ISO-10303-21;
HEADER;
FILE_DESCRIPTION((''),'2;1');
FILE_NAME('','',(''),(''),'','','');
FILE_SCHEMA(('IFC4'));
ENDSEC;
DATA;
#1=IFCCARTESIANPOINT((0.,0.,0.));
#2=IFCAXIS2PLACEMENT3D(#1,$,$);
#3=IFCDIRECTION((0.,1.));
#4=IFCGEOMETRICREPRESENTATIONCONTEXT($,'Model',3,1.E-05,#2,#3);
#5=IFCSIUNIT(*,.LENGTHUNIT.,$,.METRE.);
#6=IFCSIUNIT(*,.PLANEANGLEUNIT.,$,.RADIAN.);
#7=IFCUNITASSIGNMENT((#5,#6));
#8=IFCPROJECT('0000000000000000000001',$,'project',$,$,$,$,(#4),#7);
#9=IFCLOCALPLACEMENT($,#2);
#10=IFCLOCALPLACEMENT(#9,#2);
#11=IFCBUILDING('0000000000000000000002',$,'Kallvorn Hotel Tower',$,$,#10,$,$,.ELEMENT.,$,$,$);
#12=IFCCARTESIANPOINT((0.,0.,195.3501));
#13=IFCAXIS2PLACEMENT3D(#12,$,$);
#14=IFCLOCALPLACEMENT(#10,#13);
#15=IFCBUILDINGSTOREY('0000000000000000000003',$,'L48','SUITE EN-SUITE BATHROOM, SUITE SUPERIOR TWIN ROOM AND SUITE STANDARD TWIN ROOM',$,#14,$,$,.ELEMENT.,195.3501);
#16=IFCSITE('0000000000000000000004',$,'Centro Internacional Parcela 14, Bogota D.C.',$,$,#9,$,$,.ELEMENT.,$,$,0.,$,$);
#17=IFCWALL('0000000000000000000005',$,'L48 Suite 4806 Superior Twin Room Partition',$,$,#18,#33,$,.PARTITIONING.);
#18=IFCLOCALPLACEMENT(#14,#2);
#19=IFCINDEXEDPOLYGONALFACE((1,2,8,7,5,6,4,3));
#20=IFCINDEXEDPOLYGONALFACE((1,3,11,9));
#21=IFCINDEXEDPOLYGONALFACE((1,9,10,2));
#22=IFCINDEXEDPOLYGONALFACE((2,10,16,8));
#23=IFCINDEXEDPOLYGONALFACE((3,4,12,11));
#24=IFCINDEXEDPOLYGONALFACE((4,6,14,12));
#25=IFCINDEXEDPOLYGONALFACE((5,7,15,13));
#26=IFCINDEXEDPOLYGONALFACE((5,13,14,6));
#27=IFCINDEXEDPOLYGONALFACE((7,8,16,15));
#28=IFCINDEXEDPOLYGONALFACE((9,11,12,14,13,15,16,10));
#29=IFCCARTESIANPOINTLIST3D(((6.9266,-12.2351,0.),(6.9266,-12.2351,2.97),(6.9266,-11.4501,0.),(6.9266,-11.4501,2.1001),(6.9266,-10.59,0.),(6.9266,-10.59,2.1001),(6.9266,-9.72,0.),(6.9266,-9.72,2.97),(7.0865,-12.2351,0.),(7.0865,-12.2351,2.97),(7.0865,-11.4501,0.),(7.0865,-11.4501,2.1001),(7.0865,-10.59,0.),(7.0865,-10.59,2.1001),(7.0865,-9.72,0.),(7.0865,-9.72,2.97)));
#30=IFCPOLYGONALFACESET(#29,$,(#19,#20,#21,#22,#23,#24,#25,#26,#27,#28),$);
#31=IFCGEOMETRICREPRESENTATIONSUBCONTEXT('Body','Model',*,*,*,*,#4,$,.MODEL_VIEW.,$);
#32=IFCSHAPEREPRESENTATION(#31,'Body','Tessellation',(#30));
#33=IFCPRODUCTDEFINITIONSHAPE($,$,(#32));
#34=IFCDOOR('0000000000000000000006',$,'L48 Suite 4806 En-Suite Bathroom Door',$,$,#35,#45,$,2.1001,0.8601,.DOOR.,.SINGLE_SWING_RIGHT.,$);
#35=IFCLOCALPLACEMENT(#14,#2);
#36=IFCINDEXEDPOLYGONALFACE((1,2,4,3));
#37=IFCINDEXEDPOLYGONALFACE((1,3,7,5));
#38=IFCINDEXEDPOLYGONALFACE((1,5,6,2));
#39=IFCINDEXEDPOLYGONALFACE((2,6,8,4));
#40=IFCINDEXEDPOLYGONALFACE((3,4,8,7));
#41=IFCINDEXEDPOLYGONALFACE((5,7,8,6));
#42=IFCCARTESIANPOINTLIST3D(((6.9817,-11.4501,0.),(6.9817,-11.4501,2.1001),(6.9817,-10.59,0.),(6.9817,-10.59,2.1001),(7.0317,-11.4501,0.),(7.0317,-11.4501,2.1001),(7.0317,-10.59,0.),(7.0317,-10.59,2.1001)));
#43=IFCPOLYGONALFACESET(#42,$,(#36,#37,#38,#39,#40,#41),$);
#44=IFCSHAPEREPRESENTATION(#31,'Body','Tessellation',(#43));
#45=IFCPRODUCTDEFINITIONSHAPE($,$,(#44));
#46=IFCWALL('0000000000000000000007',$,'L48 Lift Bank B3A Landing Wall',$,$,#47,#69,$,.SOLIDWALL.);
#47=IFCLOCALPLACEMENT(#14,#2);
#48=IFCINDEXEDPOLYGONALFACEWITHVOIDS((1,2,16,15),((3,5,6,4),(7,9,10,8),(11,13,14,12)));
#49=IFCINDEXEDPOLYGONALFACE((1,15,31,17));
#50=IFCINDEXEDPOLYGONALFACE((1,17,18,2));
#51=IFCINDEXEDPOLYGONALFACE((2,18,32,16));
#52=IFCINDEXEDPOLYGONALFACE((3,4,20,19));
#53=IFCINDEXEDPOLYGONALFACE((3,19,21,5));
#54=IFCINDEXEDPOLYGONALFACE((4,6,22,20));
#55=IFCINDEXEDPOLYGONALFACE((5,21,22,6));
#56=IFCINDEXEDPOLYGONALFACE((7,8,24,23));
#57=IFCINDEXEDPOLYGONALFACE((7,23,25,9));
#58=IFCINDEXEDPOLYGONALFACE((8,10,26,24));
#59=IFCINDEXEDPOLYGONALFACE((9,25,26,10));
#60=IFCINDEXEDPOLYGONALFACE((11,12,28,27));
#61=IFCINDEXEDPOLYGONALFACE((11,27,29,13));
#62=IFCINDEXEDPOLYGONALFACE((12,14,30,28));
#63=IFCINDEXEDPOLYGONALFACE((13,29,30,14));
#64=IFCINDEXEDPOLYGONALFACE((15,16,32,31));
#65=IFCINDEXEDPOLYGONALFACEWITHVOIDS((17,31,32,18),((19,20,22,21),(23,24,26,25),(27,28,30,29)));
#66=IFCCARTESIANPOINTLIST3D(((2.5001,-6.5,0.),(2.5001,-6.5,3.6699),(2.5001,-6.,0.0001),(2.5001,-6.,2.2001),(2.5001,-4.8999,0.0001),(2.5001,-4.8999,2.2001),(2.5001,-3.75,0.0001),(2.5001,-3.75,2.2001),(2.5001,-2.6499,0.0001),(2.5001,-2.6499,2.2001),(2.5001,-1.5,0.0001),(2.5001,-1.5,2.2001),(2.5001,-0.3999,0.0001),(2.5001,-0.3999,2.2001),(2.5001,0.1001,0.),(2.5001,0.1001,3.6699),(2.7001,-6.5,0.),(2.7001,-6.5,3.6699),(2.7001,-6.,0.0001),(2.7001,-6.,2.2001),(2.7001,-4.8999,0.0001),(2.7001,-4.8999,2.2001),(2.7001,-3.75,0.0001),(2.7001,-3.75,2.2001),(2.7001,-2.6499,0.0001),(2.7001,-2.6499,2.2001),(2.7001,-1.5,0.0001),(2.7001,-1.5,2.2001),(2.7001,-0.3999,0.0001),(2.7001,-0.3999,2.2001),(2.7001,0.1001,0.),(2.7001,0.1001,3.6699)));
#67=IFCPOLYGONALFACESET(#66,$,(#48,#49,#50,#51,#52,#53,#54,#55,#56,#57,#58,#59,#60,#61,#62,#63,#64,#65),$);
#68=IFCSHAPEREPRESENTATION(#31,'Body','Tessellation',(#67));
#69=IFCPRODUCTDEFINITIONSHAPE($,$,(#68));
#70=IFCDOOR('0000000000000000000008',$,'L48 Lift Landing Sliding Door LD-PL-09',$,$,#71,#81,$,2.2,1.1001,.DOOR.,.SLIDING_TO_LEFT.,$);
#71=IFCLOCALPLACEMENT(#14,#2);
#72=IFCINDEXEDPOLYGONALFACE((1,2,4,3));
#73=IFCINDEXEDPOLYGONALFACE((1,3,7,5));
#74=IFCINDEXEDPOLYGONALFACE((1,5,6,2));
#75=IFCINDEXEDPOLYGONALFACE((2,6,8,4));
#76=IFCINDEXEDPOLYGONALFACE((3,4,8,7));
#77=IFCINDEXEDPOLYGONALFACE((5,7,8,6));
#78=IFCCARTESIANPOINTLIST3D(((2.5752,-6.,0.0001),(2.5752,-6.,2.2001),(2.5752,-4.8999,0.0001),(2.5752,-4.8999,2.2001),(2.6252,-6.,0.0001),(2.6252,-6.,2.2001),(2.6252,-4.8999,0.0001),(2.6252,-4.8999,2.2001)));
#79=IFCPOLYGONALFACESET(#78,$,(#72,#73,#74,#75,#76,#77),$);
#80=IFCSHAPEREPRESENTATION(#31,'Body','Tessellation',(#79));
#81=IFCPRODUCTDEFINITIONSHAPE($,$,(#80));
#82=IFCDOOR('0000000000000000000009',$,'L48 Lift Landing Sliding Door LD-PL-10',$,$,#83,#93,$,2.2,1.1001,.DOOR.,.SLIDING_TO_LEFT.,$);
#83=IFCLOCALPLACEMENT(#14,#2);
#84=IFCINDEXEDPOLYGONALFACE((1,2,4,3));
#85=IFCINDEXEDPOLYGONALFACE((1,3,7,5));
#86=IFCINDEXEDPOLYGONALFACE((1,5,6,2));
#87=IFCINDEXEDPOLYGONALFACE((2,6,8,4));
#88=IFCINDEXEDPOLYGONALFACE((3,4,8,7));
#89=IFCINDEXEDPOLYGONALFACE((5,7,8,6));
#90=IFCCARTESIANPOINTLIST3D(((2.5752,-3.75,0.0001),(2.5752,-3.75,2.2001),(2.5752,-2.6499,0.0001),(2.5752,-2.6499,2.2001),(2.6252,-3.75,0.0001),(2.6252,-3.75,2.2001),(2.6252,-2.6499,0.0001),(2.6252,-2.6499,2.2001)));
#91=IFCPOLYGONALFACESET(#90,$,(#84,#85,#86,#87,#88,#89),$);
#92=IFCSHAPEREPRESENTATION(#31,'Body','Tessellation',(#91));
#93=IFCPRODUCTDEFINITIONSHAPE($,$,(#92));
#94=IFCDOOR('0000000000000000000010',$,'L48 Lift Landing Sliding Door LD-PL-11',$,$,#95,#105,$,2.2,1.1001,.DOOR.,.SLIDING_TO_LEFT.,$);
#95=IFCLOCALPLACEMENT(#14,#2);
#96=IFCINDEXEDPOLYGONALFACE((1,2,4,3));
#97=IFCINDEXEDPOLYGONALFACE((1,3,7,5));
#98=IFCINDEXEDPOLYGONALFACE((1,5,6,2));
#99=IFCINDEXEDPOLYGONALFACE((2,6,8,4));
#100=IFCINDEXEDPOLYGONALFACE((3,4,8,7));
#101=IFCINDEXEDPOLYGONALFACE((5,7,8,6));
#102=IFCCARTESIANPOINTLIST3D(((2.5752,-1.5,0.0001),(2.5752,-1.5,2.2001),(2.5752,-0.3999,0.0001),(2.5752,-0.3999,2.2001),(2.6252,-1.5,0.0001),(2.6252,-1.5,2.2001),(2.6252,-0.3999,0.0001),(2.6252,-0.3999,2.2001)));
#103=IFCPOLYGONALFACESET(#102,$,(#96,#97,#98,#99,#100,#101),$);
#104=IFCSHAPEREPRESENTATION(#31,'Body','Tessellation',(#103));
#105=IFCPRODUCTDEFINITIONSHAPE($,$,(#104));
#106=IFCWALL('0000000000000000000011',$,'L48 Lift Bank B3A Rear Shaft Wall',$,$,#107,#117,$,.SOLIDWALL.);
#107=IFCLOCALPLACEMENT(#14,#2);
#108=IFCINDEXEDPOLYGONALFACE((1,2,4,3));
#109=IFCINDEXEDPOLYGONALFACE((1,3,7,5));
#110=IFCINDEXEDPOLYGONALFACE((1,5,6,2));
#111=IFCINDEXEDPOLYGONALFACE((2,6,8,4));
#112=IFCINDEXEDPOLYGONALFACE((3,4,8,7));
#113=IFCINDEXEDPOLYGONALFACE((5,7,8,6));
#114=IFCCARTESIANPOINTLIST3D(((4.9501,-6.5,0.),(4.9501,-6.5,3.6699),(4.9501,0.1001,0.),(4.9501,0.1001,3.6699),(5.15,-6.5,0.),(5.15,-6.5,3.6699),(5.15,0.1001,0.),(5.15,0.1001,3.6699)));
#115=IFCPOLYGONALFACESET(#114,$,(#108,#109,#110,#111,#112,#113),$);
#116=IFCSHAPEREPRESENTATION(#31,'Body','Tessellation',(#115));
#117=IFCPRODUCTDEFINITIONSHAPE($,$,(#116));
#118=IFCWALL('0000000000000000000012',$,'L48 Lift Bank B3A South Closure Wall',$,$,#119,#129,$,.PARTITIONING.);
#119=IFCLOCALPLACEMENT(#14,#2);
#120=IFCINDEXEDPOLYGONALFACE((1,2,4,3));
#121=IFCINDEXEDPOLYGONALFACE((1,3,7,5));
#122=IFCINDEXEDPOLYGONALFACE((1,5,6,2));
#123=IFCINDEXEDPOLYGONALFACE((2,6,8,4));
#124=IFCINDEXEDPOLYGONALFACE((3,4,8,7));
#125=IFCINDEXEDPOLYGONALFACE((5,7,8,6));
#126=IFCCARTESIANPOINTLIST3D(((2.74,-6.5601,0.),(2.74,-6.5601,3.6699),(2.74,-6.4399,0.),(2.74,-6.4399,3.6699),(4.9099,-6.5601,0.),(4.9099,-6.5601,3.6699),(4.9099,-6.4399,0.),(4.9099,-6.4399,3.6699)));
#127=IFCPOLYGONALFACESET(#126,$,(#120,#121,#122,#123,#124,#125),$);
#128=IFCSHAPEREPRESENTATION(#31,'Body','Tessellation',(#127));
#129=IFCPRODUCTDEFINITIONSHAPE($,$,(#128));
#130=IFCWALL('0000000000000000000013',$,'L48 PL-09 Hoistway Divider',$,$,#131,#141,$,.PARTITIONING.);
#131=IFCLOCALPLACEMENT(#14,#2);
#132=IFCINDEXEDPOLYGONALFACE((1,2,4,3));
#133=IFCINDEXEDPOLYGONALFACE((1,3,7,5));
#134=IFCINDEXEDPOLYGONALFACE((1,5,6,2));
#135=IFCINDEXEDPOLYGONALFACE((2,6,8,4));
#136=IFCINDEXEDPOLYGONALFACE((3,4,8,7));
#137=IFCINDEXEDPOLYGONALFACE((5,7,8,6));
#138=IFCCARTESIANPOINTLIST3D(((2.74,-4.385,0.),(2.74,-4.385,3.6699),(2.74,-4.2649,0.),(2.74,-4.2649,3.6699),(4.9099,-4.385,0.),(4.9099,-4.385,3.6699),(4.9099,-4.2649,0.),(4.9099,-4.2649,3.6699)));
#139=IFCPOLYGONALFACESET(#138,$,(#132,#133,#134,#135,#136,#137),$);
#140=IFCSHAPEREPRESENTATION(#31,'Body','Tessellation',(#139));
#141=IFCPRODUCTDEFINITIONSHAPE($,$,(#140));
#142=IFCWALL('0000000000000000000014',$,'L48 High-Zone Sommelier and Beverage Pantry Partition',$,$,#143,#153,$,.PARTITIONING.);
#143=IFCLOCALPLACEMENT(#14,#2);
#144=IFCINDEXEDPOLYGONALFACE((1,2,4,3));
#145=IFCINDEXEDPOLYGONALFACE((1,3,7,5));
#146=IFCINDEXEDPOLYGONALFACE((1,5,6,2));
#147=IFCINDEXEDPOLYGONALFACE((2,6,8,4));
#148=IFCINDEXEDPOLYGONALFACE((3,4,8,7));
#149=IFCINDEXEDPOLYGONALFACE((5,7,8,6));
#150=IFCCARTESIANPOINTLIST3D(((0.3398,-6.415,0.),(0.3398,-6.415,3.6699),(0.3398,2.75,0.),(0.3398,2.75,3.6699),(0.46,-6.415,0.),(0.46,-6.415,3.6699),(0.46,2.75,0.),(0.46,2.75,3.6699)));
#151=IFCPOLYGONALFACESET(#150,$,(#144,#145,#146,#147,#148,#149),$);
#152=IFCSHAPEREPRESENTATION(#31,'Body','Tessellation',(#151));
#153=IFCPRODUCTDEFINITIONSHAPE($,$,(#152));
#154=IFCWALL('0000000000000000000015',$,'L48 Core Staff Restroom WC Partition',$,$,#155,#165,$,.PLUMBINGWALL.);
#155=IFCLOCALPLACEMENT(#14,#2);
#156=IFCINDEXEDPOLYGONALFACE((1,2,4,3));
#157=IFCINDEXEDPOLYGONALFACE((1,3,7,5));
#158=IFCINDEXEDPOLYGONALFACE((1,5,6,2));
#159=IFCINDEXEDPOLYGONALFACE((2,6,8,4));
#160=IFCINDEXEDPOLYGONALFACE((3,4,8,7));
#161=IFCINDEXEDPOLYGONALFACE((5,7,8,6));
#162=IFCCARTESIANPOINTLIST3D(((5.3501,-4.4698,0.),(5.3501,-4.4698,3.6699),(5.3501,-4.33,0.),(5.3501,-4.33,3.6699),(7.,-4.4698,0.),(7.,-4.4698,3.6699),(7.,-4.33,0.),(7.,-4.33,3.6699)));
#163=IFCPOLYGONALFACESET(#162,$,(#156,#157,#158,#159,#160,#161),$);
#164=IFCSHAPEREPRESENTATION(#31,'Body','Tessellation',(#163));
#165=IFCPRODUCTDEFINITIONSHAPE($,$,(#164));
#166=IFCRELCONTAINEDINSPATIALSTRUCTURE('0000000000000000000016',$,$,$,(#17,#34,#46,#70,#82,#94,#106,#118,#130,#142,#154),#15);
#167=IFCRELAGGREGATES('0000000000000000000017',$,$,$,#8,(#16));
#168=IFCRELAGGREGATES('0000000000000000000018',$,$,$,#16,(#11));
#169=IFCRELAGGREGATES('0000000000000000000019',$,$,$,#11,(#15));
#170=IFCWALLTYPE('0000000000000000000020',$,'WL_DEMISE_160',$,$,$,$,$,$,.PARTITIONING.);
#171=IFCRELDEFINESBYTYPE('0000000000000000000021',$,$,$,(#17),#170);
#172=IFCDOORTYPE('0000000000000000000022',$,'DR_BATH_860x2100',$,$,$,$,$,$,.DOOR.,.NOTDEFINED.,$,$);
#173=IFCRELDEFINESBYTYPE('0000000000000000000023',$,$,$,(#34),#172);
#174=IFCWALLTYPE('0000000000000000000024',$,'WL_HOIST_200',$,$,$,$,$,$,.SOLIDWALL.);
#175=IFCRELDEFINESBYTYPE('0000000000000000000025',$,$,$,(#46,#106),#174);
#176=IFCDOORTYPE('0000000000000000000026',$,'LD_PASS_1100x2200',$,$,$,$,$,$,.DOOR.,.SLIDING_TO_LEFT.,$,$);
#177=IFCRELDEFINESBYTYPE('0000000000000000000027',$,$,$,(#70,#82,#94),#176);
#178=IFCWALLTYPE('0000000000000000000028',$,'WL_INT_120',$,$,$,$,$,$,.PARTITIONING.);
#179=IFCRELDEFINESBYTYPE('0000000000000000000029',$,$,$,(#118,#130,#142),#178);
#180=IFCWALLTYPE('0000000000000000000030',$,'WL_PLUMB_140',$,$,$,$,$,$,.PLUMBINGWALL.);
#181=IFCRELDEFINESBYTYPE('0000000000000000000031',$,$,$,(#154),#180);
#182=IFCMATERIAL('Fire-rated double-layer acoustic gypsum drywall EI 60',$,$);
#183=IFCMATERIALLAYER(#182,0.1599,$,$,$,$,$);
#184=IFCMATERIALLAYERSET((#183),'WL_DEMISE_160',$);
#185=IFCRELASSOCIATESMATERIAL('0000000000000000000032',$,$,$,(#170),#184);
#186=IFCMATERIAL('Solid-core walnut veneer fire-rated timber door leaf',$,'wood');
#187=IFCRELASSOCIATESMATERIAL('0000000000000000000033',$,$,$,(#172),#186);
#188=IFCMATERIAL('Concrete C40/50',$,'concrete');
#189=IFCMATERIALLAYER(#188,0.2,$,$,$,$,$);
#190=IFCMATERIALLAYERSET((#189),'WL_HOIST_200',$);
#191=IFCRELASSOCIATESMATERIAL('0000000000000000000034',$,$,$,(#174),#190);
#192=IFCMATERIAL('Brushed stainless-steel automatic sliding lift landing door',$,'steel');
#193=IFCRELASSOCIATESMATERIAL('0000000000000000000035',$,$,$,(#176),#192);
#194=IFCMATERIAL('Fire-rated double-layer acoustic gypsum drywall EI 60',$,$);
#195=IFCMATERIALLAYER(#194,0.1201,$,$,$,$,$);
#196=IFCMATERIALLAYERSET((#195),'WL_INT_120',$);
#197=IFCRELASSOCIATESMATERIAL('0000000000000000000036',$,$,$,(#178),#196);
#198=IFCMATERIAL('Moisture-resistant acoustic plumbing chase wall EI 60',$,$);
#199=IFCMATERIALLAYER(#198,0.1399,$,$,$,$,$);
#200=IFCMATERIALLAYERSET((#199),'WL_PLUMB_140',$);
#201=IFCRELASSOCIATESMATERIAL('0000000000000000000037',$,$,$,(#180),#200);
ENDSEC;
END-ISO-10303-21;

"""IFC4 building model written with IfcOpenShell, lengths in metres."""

from ifc_helpers import new_model, si_unit, direction, frame, frame_2d, origin, place, context, subcontext, project, spatial, rectangle, extrude, material, layer, layer_set, type_object, element, fill, save


model = new_model("IFC4")

# Units and contexts
model_context = context("Model", 3, precision=1e-05, world=origin(), true_north=direction((0.0, 1.0)))
body_context = subcontext(model_context, "Body", "Model", "MODEL_VIEW")
ifc_project = project(units=[si_unit("LENGTHUNIT", "METRE"), si_unit("PLANEANGLEUNIT", "RADIAN")], contexts=[model_context])

# Site, building, storey
site_placement = place(None, origin())
site = spatial("IfcSite", under=ifc_project, at=site_placement, Name="Centro Internacional Parcela 14, Bogota D.C.", CompositionType="ELEMENT", RefElevation=0.0)
building_placement = place(site_placement, origin())
building = spatial("IfcBuilding", under=site, at=building_placement, Name="Kallvorn Hotel Tower", CompositionType="ELEMENT")
storey_placement = place(building_placement, frame((0.0, 0.0, 195.3501)))
storey = spatial("IfcBuildingStorey", under=building, at=storey_placement, Name="L48", Description="SUITE EN-SUITE BATHROOM, SUITE SUPERIOR TWIN ROOM AND SUITE STANDARD TWIN ROOM", CompositionType="ELEMENT", Elevation=195.3501)

# Shared definitions
ifc_material_1 = material(Name="Fire-rated double-layer acoustic gypsum drywall EI 60")
ifc_layer_1 = layer(ifc_material_1, 0.1599)
ifc_layer_set_1 = layer_set([ifc_layer_1], Name="WL_DEMISE_160")
wall_type_1 = type_object("IfcWallType", Name="WL_DEMISE_160", PredefinedType="PARTITIONING", material=ifc_layer_set_1)

# Wall, opening, door
ifc_material_2 = material(Name="Solid-core walnut veneer fire-rated timber door leaf", Category="wood")
door_type_1 = type_object("IfcDoorType", Name="DR_BATH_860x2100", OperationType="NOTDEFINED", PredefinedType="DOOR", material=ifc_material_2)
wall_1_placement = place(storey_placement, frame((7.0066, -12.2351, 0.0), z_axis=(0.0, 0.0, 1.0), x_axis=(0.0, 1.0, 0.0)))
wall_1 = element("IfcWall", 1, at=wall_1_placement, inside=storey, type_object=wall_type_1, Name="L48 Suite 4806 Superior Twin Room Partition", PredefinedType="PARTITIONING", context=body_context, shape_type="SweptSolid", body=[
    extrude(rectangle(XDim=2.5151, YDim=0.1599, at=frame_2d((1.2576, 0.0))), origin(), (0.0, 0.0, 1.0), 2.97),
])
opening_1_placement = place(wall_1_placement, frame((0.7849, 0.0, 0.0)))
opening_1 = element("IfcOpeningElement", 2, at=opening_1_placement, cuts=wall_1, PredefinedType="OPENING", context=body_context, shape_type="SweptSolid", body=[
    extrude(rectangle(XDim=0.8601, YDim=2.1001, at=frame_2d((0.4302, 1.05))), frame((0.0, 0.095, 0.0), z_axis=(0.0, -1.0, 0.0), x_axis=(1.0, 0.0, 0.0)), (0.0, 0.0, 1.0), 0.1899),
])
door_1_placement = place(opening_1_placement, origin())
door_1 = element("IfcDoor", 3, at=door_1_placement, inside=storey, type_object=door_type_1, Name="L48 Suite 4806 En-Suite Bathroom Door", OperationType="SINGLE_SWING_RIGHT", OverallHeight=2.1001, OverallWidth=0.8601, PredefinedType="DOOR", context=body_context, shape_type="SweptSolid", body=[
    extrude(rectangle(XDim=0.8601, YDim=2.1001, at=frame_2d((0.4302, 1.05))), frame((0.0, 0.0249, 0.0), z_axis=(0.0, -1.0, 0.0), x_axis=(1.0, 0.0, 0.0)), (0.0, 0.0, 1.0), 0.05),
])
fill(opening_1, door_1)

# Wall, openings, doors
ifc_material_3 = material(Name="Concrete C40/50", Category="concrete")
ifc_layer_2 = layer(ifc_material_3, 0.2)
ifc_layer_set_2 = layer_set([ifc_layer_2], Name="WL_HOIST_200")
wall_type_2 = type_object("IfcWallType", Name="WL_HOIST_200", PredefinedType="SOLIDWALL", material=ifc_layer_set_2)
wall_2_placement = place(storey_placement, frame((2.6001, -6.5, 0.0), z_axis=(0.0, 0.0, 1.0), x_axis=(0.0, 1.0, 0.0)))
wall_2 = element("IfcWall", 4, at=wall_2_placement, inside=storey, type_object=wall_type_2, Name="L48 Lift Bank B3A Landing Wall", PredefinedType="SOLIDWALL", context=body_context, shape_type="SweptSolid", body=[
    extrude(rectangle(XDim=6.6001, YDim=0.2, at=frame_2d((3.3, 0.0))), origin(), (0.0, 0.0, 1.0), 3.6699),
])
opening_2_placement = place(wall_2_placement, frame((0.5, 0.0, 0.0)))
opening_2 = element("IfcOpeningElement", 5, at=opening_2_placement, cuts=wall_2, PredefinedType="OPENING", context=body_context, shape_type="SweptSolid", body=[
    extrude(rectangle(XDim=1.1001, YDim=2.2, at=frame_2d((0.55, 1.1001))), frame((0.0, 0.115, 0.0), z_axis=(0.0, -1.0, 0.0), x_axis=(1.0, 0.0, 0.0)), (0.0, 0.0, 1.0), 0.23),
])
opening_3_placement = place(wall_2_placement, frame((2.75, 0.0, 0.0)))
opening_3 = element("IfcOpeningElement", 6, at=opening_3_placement, cuts=wall_2, PredefinedType="OPENING", context=body_context, shape_type="SweptSolid", body=[
    extrude(rectangle(XDim=1.1001, YDim=2.2, at=frame_2d((0.55, 1.1001))), frame((0.0, 0.115, 0.0), z_axis=(0.0, -1.0, 0.0), x_axis=(1.0, 0.0, 0.0)), (0.0, 0.0, 1.0), 0.23),
])
opening_4_placement = place(wall_2_placement, frame((5.0, 0.0, 0.0)))
opening_4 = element("IfcOpeningElement", 7, at=opening_4_placement, cuts=wall_2, PredefinedType="OPENING", context=body_context, shape_type="SweptSolid", body=[
    extrude(rectangle(XDim=1.1001, YDim=2.2, at=frame_2d((0.55, 1.1001))), frame((0.0, 0.115, 0.0), z_axis=(0.0, -1.0, 0.0), x_axis=(1.0, 0.0, 0.0)), (0.0, 0.0, 1.0), 0.23),
])
ifc_material_4 = material(Name="Brushed stainless-steel automatic sliding lift landing door", Category="steel")
door_type_2 = type_object("IfcDoorType", Name="LD_PASS_1100x2200", OperationType="SLIDING_TO_LEFT", PredefinedType="DOOR", material=ifc_material_4)
door_2_placement = place(opening_2_placement, origin())
door_2 = element("IfcDoor", 8, at=door_2_placement, inside=storey, type_object=door_type_2, Name="L48 Lift Landing Sliding Door LD-PL-09", OperationType="SLIDING_TO_LEFT", OverallHeight=2.2, OverallWidth=1.1001, PredefinedType="DOOR", context=body_context, shape_type="SweptSolid", body=[
    extrude(rectangle(XDim=1.1001, YDim=2.2, at=frame_2d((0.55, 1.1001))), frame((0.0, 0.0249, 0.0), z_axis=(0.0, -1.0, 0.0), x_axis=(1.0, 0.0, 0.0)), (0.0, 0.0, 1.0), 0.05),
])
fill(opening_2, door_2)
door_3_placement = place(opening_3_placement, origin())
door_3 = element("IfcDoor", 9, at=door_3_placement, inside=storey, type_object=door_type_2, Name="L48 Lift Landing Sliding Door LD-PL-10", OperationType="SLIDING_TO_LEFT", OverallHeight=2.2, OverallWidth=1.1001, PredefinedType="DOOR", context=body_context, shape_type="SweptSolid", body=[
    extrude(rectangle(XDim=1.1001, YDim=2.2, at=frame_2d((0.55, 1.1001))), frame((0.0, 0.0249, 0.0), z_axis=(0.0, -1.0, 0.0), x_axis=(1.0, 0.0, 0.0)), (0.0, 0.0, 1.0), 0.05),
])
fill(opening_3, door_3)
door_4_placement = place(opening_4_placement, origin())
door_4 = element("IfcDoor", 10, at=door_4_placement, inside=storey, type_object=door_type_2, Name="L48 Lift Landing Sliding Door LD-PL-11", OperationType="SLIDING_TO_LEFT", OverallHeight=2.2, OverallWidth=1.1001, PredefinedType="DOOR", context=body_context, shape_type="SweptSolid", body=[
    extrude(rectangle(XDim=1.1001, YDim=2.2, at=frame_2d((0.55, 1.1001))), frame((0.0, 0.0249, 0.0), z_axis=(0.0, -1.0, 0.0), x_axis=(1.0, 0.0, 0.0)), (0.0, 0.0, 1.0), 0.05),
])
fill(opening_4, door_4)

# Walls
wall_3_placement = place(storey_placement, frame((5.05, -6.5, 0.0), z_axis=(0.0, 0.0, 1.0), x_axis=(0.0, 1.0, 0.0)))
element("IfcWall", 11, at=wall_3_placement, inside=storey, type_object=wall_type_2, Name="L48 Lift Bank B3A Rear Shaft Wall", PredefinedType="SOLIDWALL", context=body_context, shape_type="SweptSolid", body=[
    extrude(rectangle(XDim=6.6001, YDim=0.2, at=frame_2d((3.3, 0.0))), origin(), (0.0, 0.0, 1.0), 3.6699),
])
ifc_material_5 = material(Name="Fire-rated double-layer acoustic gypsum drywall EI 60")
ifc_layer_3 = layer(ifc_material_5, 0.1201)
ifc_layer_set_3 = layer_set([ifc_layer_3], Name="WL_INT_120")
wall_type_3 = type_object("IfcWallType", Name="WL_INT_120", PredefinedType="PARTITIONING", material=ifc_layer_set_3)
for number, where, z_axis, x_axis, name in (
    (12, (2.74, -6.5, 0.0), (0.0, 0.0, 1.0), (1.0, 0.0, 0.0), "L48 Lift Bank B3A South Closure Wall"),
    (13, (2.74, -4.325, 0.0), (0.0, 0.0, 1.0), (1.0, 0.0, 0.0), "L48 PL-09 Hoistway Divider"),
):
    element("IfcWall", number, at=place(storey_placement, frame(where, z_axis=z_axis, x_axis=x_axis)), inside=storey, type_object=wall_type_3, Name=name, PredefinedType="PARTITIONING", context=body_context, shape_type="SweptSolid", body=[
        extrude(rectangle(XDim=2.1699, YDim=0.1201, at=frame_2d((1.085, 0.0))), origin(), (0.0, 0.0, 1.0), 3.6699),
    ])
wall_4_placement = place(storey_placement, frame((0.3999, -6.415, 0.0), z_axis=(0.0, 0.0, 1.0), x_axis=(0.0, 1.0, 0.0)))
element("IfcWall", 14, at=wall_4_placement, inside=storey, type_object=wall_type_3, Name="L48 High-Zone Sommelier and Beverage Pantry Partition", PredefinedType="PARTITIONING", context=body_context, shape_type="SweptSolid", body=[
    extrude(rectangle(XDim=9.165, YDim=0.1201, at=frame_2d((4.5825, 0.0))), origin(), (0.0, 0.0, 1.0), 3.6699),
])
ifc_material_6 = material(Name="Moisture-resistant acoustic plumbing chase wall EI 60")
ifc_layer_4 = layer(ifc_material_6, 0.1399)
ifc_layer_set_4 = layer_set([ifc_layer_4], Name="WL_PLUMB_140")
wall_type_4 = type_object("IfcWallType", Name="WL_PLUMB_140", PredefinedType="PLUMBINGWALL", material=ifc_layer_set_4)
wall_5_placement = place(storey_placement, frame((5.3501, -4.3999, 0.0), z_axis=(0.0, 0.0, 1.0), x_axis=(1.0, 0.0, 0.0)))
element("IfcWall", 15, at=wall_5_placement, inside=storey, type_object=wall_type_4, Name="L48 Core Staff Restroom WC Partition", PredefinedType="PLUMBINGWALL", context=body_context, shape_type="SweptSolid", body=[
    extrude(rectangle(XDim=1.6499, YDim=0.1399, at=frame_2d((0.825, 0.0))), origin(), (0.0, 0.0, 1.0), 3.6699),
])

save(model, "model.ifc")
